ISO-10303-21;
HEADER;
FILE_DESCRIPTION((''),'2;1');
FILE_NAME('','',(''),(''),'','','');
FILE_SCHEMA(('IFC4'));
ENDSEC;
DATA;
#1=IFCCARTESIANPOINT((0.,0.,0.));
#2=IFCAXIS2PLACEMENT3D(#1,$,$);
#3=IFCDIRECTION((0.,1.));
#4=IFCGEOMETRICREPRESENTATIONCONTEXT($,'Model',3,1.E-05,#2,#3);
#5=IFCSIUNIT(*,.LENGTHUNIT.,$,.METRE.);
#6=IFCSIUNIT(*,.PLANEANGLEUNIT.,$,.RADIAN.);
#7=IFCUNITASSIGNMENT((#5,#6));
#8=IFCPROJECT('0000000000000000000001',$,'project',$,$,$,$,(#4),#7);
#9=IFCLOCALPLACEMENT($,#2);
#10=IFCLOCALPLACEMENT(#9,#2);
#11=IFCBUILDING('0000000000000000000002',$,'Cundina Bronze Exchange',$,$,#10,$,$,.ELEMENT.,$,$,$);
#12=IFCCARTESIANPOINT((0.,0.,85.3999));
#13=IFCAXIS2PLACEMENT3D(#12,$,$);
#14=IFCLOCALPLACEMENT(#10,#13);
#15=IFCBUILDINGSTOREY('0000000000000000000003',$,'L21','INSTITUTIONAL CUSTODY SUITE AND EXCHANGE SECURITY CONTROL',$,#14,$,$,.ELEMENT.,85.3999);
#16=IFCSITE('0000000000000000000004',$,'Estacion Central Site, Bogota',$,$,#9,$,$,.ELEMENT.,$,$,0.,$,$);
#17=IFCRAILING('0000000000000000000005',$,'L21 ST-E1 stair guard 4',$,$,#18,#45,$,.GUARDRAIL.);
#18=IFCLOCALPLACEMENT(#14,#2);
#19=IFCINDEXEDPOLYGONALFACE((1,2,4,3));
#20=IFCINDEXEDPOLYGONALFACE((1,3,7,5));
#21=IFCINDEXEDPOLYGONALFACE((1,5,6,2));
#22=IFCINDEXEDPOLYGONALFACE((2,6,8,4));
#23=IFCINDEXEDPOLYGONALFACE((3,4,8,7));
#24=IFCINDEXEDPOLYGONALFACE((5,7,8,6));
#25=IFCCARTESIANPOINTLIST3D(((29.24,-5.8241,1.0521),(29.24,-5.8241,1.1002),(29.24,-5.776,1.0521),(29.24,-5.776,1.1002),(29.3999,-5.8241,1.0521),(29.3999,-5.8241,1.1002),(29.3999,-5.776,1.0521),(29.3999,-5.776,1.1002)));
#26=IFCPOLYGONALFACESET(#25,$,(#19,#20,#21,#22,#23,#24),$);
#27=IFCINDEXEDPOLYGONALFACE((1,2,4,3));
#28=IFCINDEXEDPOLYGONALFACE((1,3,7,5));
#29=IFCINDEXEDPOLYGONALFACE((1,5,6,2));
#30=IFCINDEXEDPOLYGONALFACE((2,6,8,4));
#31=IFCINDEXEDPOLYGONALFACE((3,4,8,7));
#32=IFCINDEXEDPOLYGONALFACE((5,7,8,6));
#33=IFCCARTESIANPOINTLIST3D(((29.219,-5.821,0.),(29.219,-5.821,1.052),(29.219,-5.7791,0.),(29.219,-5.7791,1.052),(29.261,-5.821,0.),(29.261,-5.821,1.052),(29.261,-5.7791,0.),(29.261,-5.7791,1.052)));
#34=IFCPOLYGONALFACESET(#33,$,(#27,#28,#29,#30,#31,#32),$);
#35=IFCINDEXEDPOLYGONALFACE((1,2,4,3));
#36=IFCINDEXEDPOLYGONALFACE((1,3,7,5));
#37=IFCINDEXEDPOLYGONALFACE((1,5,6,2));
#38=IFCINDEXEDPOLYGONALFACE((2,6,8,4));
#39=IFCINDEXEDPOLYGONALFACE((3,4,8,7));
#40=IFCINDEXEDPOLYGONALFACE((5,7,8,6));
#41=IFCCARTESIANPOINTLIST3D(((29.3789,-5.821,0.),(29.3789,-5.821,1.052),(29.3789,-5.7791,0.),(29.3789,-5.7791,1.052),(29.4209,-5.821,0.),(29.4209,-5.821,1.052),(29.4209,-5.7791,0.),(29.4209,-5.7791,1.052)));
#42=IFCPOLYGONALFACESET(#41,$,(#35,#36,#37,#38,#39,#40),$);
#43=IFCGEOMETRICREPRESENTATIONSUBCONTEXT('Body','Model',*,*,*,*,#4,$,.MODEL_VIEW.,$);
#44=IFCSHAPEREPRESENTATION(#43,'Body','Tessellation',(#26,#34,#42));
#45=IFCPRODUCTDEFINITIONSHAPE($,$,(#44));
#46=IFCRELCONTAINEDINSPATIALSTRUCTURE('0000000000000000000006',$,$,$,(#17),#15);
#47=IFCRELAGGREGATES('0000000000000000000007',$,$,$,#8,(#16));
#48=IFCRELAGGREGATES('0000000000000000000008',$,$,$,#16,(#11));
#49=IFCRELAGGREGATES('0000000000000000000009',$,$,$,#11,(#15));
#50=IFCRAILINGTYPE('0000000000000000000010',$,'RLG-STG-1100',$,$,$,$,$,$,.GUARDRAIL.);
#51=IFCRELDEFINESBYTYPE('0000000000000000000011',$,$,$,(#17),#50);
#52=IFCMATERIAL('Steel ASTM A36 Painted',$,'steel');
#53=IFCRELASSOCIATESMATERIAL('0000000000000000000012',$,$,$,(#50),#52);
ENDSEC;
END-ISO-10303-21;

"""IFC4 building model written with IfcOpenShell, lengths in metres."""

from ifc_helpers import new_model, si_unit, direction, frame, origin, origin_2d, place, context, subcontext, project, spatial, rectangle, extrude, material, type_object, element, save


model = new_model("IFC4")

# Units and contexts
model_context = context("Model", 3, precision=1e-05, world=origin(), true_north=direction((0.0, 1.0)))
body_context = subcontext(model_context, "Body", "Model", "MODEL_VIEW")
ifc_project = project(units=[si_unit("LENGTHUNIT", "METRE"), si_unit("PLANEANGLEUNIT", "RADIAN")], contexts=[model_context])

# Site, building, storey
site_placement = place(None, origin())
site = spatial("IfcSite", under=ifc_project, at=site_placement, Name="Estacion Central Site, Bogota", CompositionType="ELEMENT", RefElevation=0.0)
building_placement = place(site_placement, origin())
building = spatial("IfcBuilding", under=site, at=building_placement, Name="Cundina Bronze Exchange", CompositionType="ELEMENT")
storey_placement = place(building_placement, frame((0.0, 0.0, 85.3999)))
storey = spatial("IfcBuildingStorey", under=building, at=storey_placement, Name="L21", Description="INSTITUTIONAL CUSTODY SUITE AND EXCHANGE SECURITY CONTROL", CompositionType="ELEMENT", Elevation=85.3999)

# Railing
ifc_material_1 = material(Name="Steel ASTM A36 Painted", Category="steel")
railing_type_1 = type_object("IfcRailingType", Name="RLG-STG-1100", PredefinedType="GUARDRAIL", material=ifc_material_1)
railing_1_placement = place(storey_placement, frame((29.24, -5.8, 0.0)))
element("IfcRailing", 1, at=railing_1_placement, inside=storey, type_object=railing_type_1, Name="L21 ST-E1 stair guard 4", PredefinedType="GUARDRAIL", context=body_context, shape_type="SweptSolid", body=[
    extrude(rectangle(XDim=0.0481, YDim=0.0481, at=origin_2d()), frame((0.0, 0.0, 1.0762), z_axis=(1.0, 0.0, 0.0), x_axis=(0.0, 1.0, 0.0)), (0.0, 0.0, 1.0), 0.1599),
    extrude(rectangle(XDim=0.042, YDim=0.042, at=origin_2d()), origin(), (0.0, 0.0, 1.0), 1.052),
    extrude(rectangle(XDim=0.042, YDim=0.042, at=origin_2d()), frame((0.1599, 0.0, 0.0)), (0.0, 0.0, 1.0), 1.052),
])

save(model, "model.ifc")
